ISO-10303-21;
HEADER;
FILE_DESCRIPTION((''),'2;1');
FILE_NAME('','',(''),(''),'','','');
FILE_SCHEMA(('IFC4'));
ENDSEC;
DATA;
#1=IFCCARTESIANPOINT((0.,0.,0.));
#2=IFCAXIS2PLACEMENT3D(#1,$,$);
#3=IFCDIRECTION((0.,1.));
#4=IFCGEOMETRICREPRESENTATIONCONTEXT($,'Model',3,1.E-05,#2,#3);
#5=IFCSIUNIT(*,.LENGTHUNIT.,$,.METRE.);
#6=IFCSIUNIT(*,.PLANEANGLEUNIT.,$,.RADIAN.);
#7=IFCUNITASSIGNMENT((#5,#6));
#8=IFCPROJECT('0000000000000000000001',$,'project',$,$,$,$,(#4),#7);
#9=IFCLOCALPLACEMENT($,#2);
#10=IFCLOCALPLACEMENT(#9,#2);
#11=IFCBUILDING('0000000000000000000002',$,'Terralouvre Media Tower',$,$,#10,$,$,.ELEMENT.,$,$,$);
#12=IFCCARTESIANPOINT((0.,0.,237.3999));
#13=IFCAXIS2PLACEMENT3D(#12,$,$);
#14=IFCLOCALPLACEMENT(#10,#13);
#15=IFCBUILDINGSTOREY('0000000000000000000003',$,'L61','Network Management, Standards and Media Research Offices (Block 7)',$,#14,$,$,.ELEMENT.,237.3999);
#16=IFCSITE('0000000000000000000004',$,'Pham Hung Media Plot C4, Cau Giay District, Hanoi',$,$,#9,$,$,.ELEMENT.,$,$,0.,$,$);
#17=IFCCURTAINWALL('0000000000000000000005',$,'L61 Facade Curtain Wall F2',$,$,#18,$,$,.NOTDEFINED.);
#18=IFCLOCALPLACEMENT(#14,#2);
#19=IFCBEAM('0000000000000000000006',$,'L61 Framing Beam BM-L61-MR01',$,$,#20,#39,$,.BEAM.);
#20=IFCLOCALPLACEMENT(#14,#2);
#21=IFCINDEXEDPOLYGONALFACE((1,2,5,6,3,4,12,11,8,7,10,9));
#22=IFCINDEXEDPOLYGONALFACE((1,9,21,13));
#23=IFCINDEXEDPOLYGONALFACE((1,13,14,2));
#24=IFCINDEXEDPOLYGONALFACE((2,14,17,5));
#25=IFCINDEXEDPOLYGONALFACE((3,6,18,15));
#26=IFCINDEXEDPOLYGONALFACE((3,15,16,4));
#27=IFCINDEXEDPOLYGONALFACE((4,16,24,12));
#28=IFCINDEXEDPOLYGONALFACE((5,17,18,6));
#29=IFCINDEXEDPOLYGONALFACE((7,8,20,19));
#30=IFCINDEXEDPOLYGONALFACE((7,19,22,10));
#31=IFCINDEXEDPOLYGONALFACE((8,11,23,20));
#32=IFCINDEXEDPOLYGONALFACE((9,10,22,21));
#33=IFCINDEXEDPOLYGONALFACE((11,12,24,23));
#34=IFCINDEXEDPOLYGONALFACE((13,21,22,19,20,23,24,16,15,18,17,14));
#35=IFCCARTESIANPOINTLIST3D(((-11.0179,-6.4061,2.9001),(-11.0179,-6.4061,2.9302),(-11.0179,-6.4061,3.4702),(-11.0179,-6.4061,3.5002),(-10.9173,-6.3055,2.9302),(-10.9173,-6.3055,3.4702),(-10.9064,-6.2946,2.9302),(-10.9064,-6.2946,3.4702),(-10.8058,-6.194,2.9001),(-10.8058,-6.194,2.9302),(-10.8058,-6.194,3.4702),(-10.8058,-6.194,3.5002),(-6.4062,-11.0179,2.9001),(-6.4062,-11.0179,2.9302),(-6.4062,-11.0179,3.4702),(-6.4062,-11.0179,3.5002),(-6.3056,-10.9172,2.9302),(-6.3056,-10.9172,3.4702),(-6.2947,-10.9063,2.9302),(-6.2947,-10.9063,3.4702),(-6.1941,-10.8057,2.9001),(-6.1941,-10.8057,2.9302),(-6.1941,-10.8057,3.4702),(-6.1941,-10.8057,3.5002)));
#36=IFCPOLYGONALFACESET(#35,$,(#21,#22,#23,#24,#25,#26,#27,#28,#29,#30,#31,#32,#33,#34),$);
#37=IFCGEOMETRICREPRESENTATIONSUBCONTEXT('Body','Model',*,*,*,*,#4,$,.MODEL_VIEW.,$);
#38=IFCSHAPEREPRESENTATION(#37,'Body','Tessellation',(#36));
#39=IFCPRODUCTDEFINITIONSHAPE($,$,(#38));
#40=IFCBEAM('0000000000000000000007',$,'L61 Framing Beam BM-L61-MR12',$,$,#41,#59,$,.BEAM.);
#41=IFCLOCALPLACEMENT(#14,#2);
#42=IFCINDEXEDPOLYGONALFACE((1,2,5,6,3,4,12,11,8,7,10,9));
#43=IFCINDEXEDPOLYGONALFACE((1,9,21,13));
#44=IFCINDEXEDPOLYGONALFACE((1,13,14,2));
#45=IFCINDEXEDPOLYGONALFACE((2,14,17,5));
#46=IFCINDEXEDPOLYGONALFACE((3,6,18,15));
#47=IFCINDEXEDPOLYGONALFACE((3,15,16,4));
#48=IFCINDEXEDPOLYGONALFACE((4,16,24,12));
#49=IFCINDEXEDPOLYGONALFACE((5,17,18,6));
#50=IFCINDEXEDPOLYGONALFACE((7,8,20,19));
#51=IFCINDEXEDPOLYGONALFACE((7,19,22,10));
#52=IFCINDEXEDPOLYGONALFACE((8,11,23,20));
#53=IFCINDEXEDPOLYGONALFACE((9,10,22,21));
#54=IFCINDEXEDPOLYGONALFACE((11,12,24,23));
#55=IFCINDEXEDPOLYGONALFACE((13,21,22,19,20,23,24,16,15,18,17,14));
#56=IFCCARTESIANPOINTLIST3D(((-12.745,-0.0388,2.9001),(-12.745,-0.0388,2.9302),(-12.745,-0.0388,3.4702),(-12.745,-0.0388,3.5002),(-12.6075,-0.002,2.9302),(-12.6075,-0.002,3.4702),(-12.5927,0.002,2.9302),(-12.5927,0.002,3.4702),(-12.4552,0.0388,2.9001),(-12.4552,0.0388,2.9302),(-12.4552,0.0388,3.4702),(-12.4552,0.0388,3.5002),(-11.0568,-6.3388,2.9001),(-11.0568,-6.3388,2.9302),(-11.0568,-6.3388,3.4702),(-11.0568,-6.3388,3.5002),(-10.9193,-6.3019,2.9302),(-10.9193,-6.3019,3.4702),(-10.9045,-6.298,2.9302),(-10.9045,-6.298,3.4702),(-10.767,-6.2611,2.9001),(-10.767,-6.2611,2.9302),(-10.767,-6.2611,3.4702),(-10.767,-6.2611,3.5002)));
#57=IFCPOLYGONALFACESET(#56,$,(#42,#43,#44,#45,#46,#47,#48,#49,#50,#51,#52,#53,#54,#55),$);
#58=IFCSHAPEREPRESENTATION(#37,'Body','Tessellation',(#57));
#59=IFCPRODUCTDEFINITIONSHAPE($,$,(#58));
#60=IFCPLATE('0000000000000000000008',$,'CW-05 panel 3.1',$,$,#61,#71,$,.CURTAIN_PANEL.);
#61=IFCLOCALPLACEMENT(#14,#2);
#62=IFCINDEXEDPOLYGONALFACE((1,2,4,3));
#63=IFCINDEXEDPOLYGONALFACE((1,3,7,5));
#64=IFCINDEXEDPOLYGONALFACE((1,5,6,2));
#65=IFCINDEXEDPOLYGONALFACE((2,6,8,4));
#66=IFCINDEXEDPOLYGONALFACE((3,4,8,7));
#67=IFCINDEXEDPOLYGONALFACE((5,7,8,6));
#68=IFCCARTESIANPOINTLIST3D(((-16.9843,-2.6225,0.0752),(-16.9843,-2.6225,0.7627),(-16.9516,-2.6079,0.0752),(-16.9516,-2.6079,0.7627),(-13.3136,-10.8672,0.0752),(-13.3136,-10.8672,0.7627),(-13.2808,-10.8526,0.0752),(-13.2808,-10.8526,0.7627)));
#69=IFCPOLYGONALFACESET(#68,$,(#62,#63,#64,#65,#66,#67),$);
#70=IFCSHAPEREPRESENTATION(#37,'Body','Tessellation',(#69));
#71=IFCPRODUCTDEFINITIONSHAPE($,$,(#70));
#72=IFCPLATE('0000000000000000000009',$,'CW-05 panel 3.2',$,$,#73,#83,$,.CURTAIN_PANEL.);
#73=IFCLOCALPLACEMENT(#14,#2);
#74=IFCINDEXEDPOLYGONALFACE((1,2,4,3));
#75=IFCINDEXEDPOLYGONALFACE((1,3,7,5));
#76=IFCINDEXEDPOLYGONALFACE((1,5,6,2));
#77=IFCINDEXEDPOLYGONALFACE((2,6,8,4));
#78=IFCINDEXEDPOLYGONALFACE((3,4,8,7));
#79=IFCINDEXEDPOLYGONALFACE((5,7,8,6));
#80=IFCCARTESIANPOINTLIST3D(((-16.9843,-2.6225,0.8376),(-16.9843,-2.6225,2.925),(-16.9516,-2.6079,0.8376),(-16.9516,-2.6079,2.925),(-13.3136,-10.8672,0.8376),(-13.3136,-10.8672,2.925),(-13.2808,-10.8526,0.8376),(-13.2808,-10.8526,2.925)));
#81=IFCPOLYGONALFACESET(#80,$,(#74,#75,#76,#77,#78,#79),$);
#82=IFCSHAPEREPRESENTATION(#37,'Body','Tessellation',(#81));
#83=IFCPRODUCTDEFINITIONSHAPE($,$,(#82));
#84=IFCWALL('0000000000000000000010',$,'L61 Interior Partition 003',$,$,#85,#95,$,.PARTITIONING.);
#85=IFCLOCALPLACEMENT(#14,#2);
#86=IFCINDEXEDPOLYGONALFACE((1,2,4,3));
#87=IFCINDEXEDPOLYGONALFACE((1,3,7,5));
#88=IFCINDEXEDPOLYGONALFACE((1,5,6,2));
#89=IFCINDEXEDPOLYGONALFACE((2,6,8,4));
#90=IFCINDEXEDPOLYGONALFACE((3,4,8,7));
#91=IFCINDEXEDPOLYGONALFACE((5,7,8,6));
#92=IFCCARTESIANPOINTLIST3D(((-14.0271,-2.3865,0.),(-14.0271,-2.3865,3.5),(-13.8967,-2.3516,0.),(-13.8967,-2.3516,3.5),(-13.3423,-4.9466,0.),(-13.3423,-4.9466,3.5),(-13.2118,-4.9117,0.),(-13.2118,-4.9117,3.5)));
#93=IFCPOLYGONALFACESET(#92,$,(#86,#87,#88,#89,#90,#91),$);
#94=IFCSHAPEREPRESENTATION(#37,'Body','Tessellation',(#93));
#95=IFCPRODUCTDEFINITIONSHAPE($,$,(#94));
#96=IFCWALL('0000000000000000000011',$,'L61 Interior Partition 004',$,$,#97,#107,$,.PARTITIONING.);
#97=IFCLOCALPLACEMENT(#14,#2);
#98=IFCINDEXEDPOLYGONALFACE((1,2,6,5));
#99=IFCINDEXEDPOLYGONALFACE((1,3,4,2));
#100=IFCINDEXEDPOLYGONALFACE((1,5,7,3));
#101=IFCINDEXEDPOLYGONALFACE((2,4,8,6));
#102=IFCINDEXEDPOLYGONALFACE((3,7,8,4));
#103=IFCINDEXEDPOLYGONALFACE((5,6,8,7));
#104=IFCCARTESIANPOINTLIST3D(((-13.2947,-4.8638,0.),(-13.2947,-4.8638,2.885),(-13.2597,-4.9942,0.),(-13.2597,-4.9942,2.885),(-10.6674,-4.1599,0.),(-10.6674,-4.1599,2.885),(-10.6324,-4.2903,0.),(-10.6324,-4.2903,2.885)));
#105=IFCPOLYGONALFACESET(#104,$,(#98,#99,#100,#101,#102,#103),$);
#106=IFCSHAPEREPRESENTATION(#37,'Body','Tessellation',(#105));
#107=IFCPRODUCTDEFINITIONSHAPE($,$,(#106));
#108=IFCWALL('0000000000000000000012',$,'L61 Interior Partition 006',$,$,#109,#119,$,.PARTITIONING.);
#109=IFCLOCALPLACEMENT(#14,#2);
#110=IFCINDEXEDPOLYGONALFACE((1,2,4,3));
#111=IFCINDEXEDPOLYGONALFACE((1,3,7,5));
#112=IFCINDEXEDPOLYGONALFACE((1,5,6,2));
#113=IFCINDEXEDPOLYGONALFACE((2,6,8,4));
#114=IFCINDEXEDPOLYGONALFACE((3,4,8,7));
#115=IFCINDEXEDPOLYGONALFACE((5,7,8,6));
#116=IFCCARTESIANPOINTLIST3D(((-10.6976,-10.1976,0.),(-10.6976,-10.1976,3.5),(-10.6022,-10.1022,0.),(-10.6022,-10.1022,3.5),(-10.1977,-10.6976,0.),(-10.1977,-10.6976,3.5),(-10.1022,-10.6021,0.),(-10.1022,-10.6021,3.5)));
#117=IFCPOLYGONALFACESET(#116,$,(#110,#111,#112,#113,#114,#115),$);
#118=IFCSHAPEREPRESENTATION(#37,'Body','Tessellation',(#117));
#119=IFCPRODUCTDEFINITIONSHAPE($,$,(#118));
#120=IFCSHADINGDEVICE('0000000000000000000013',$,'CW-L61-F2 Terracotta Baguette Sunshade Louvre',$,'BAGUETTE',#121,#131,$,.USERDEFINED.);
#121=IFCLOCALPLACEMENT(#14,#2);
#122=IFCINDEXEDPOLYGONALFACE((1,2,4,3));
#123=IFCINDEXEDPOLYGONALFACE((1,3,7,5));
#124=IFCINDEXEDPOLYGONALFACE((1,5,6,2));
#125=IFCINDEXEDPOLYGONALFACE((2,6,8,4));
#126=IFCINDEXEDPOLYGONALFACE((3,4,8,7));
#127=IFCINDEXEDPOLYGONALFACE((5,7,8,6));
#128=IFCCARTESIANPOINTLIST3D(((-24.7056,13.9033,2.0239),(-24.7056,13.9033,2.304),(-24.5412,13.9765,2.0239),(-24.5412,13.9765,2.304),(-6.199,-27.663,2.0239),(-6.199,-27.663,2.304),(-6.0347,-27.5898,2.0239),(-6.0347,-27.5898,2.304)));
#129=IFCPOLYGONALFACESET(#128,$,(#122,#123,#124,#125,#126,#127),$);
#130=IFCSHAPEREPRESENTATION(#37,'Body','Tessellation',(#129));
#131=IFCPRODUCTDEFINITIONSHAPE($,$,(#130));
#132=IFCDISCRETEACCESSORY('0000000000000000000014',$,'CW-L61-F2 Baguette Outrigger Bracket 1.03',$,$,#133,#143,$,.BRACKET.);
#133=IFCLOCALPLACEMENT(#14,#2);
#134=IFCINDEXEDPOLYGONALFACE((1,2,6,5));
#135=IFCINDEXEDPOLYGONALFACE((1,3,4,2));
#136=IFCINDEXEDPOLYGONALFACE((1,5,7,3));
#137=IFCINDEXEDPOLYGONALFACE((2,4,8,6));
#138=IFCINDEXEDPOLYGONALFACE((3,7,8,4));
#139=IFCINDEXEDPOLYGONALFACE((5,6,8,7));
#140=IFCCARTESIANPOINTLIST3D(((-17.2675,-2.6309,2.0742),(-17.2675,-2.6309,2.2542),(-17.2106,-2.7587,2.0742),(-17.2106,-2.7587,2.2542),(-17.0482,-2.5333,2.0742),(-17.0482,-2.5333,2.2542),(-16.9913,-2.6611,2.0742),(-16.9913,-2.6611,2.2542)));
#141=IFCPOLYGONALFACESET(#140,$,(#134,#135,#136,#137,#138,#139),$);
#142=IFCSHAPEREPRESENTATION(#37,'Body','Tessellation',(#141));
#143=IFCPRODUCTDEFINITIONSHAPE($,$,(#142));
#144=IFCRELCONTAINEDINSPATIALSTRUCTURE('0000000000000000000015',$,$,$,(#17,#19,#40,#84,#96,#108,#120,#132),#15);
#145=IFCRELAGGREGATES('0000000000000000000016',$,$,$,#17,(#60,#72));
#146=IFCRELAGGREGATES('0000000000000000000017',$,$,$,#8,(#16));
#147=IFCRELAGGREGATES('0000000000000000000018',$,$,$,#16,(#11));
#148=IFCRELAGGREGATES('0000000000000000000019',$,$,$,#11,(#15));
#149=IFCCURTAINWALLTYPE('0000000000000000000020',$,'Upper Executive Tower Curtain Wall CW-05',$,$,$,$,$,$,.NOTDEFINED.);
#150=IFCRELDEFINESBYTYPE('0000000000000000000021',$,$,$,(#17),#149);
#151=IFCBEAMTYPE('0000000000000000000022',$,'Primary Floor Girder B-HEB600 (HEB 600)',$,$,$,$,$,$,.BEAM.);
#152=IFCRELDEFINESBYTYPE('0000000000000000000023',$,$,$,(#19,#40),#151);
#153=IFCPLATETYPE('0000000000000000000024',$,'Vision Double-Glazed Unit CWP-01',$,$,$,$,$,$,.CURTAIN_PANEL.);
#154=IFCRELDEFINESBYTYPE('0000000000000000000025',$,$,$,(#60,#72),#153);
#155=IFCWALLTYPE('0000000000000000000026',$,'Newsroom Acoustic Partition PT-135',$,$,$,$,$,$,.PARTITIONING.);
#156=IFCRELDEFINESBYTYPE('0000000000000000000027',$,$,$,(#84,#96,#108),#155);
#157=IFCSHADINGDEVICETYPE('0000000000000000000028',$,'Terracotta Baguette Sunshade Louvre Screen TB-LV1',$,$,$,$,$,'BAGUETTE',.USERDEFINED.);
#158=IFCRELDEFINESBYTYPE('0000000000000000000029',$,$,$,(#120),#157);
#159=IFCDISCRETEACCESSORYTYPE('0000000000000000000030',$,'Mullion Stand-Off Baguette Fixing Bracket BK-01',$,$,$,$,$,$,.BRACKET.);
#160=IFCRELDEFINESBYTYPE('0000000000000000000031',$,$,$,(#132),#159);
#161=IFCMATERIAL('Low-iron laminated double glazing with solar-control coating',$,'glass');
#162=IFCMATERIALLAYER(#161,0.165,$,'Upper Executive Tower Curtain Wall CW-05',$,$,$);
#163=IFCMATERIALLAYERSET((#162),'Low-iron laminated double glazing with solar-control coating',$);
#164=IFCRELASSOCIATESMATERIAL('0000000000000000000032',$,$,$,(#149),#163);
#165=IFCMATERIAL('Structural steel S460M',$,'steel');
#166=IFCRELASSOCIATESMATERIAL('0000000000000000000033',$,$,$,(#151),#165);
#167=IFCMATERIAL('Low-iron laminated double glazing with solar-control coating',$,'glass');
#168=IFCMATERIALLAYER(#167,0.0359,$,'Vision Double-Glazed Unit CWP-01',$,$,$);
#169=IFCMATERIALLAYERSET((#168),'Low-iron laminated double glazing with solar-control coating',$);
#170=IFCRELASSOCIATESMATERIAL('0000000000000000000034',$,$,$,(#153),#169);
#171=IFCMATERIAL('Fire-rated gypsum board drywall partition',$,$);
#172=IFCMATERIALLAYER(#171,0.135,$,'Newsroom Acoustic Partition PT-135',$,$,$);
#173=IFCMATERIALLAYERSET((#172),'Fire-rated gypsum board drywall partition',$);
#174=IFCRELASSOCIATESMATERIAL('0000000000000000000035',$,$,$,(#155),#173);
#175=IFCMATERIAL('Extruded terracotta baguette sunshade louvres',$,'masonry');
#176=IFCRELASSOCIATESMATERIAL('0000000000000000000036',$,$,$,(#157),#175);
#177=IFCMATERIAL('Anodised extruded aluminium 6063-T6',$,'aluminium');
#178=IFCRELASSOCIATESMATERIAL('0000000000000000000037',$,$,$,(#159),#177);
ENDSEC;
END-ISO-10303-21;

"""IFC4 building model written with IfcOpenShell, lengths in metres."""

from ifc_helpers import new_model, si_unit, direction, frame, frame_2d, origin, origin_2d, place, context, subcontext, project, spatial, rectangle, i_section, extrude, material, layer, layer_set, material_profile, profile_set, type_object, element, aggregate, save


model = new_model("IFC4")

# Units and contexts
model_context = context("Model", 3, precision=1e-05, world=origin(), true_north=direction((0.0, 1.0)))
body_context = subcontext(model_context, "Body", "Model", "MODEL_VIEW")
ifc_project = project(units=[si_unit("LENGTHUNIT", "METRE"), si_unit("PLANEANGLEUNIT", "RADIAN")], contexts=[model_context])

# Site, building, storey
site_placement = place(None, origin())
site = spatial("IfcSite", under=ifc_project, at=site_placement, Name="Pham Hung Media Plot C4, Cau Giay District, Hanoi", CompositionType="ELEMENT", RefElevation=0.0)
building_placement = place(site_placement, origin())
building = spatial("IfcBuilding", under=site, at=building_placement, Name="Terralouvre Media Tower", CompositionType="ELEMENT")
storey_placement = place(building_placement, frame((0.0, 0.0, 237.3999)))
storey = spatial("IfcBuildingStorey", under=building, at=storey_placement, Name="L61", Description="Network Management, Standards and Media Research Offices (Block 7)", CompositionType="ELEMENT", Elevation=237.3999)

# Curtain wall
ifc_material_1 = material(Name="Low-iron laminated double glazing with solar-control coating", Category="glass")
ifc_layer_1 = layer(ifc_material_1, 0.165, Name="Upper Executive Tower Curtain Wall CW-05")
ifc_layer_set_1 = layer_set([ifc_layer_1], Name="Low-iron laminated double glazing with solar-control coating")
curtain_wall_type = type_object("IfcCurtainWallType", Name="Upper Executive Tower Curtain Wall CW-05", PredefinedType="NOTDEFINED", material=ifc_layer_set_1)
curtain_wall_placement = place(storey_placement, origin())
curtain_wall = element("IfcCurtainWall", 1, at=curtain_wall_placement, inside=storey, type_object=curtain_wall_type, Name="L61 Facade Curtain Wall F2", PredefinedType="NOTDEFINED")

# Beams
ifc_material_2 = material(Name="Structural steel S460M", Category="steel")
ifc_material_profile_1 = material_profile(ifc_material_2, i_section(OverallWidth=0.3, OverallDepth=0.6001, WebThickness=0.0154, FlangeThickness=0.03, at=origin_2d()), Name="HEB 600")
ifc_profile_set_1 = profile_set([ifc_material_profile_1], Name="Structural steel S460M")
beam_type_1 = type_object("IfcBeamType", Name="Primary Floor Girder B-HEB600 (HEB 600)", PredefinedType="BEAM", material=ifc_profile_set_1)
beam_1_placement = place(storey_placement, frame((-10.9119, -6.3, 3.2002), z_axis=(0.707107, -0.707107, 0.0), x_axis=(0.707107, 0.707107, 0.0)))
element("IfcBeam", 2, at=beam_1_placement, inside=storey, type_object=beam_type_1, Name="L61 Framing Beam BM-L61-MR01", PredefinedType="BEAM", context=body_context, shape_type="SweptSolid", body=[
    extrude(i_section(OverallWidth=0.3, OverallDepth=0.6001, WebThickness=0.0154, FlangeThickness=0.03, at=origin_2d()), origin(), (0.0, 0.0, 1.0), 6.522),
])
beam_2_placement = place(storey_placement, frame((-12.6001, 0.0, 3.2002), z_axis=(0.258839, -0.96592, 0.0), x_axis=(0.96592, 0.258839, 0.0)))
element("IfcBeam", 3, at=beam_2_placement, inside=storey, type_object=beam_type_1, Name="L61 Framing Beam BM-L61-MR12", PredefinedType="BEAM", context=body_context, shape_type="SweptSolid", body=[
    extrude(i_section(OverallWidth=0.3, OverallDepth=0.6001, WebThickness=0.0154, FlangeThickness=0.03, at=origin_2d()), origin(), (0.0, 0.0, 1.0), 6.5222),
])

# Plates
ifc_material_3 = material(Name="Low-iron laminated double glazing with solar-control coating", Category="glass")
ifc_layer_2 = layer(ifc_material_3, 0.0359, Name="Vision Double-Glazed Unit CWP-01")
ifc_layer_set_2 = layer_set([ifc_layer_2], Name="Low-iron laminated double glazing with solar-control coating")
plate_type = type_object("IfcPlateType", Name="Vision Double-Glazed Unit CWP-01", PredefinedType="CURTAIN_PANEL", material=ifc_layer_set_2)
plate_1_placement = place(storey_placement, frame((-15.1326, -6.7375, 0.0752), z_axis=(0.0, 0.0, 1.0), x_axis=(0.406737, -0.913545, 0.0)))
plate_1 = element("IfcPlate", 4, at=plate_1_placement, type_object=plate_type, Name="CW-05 panel 3.1", PredefinedType="CURTAIN_PANEL", context=body_context, shape_type="SweptSolid", body=[
    extrude(rectangle(XDim=9.0249, YDim=0.0359, at=origin_2d()), origin(), (0.0, 0.0, 1.0), 0.6875),
])
plate_2_placement = place(storey_placement, frame((-15.1326, -6.7375, 0.8376), z_axis=(0.0, 0.0, 1.0), x_axis=(0.406737, -0.913545, 0.0)))
plate_2 = element("IfcPlate", 5, at=plate_2_placement, type_object=plate_type, Name="CW-05 panel 3.2", PredefinedType="CURTAIN_PANEL", context=body_context, shape_type="SweptSolid", body=[
    extrude(rectangle(XDim=9.0249, YDim=0.0359, at=origin_2d()), origin(), (0.0, 0.0, 1.0), 2.0874),
])
aggregate(curtain_wall, [plate_1, plate_2])

# Walls
ifc_material_4 = material(Name="Fire-rated gypsum board drywall partition")
ifc_layer_3 = layer(ifc_material_4, 0.135, Name="Newsroom Acoustic Partition PT-135")
ifc_layer_set_3 = layer_set([ifc_layer_3], Name="Fire-rated gypsum board drywall partition")
wall_type = type_object("IfcWallType", Name="Newsroom Acoustic Partition PT-135", PredefinedType="PARTITIONING", material=ifc_layer_set_3)
wall_1_placement = place(storey_placement, frame((-13.9619, -2.3689, 0.0), z_axis=(0.0, 0.0, 1.0), x_axis=(0.258414, -0.966034, 0.0)))
element("IfcWall", 6, at=wall_1_placement, inside=storey, type_object=wall_type, Name="L61 Interior Partition 003", PredefinedType="PARTITIONING", context=body_context, shape_type="SweptSolid", body=[
    extrude(rectangle(XDim=2.6501, YDim=0.135, at=frame_2d((1.3252, 0.0))), origin(), (0.0, 0.0, 1.0), 3.5),
])
wall_2_placement = place(storey_placement, frame((-13.2771, -4.929, 0.0), z_axis=(0.0, 0.0, 1.0), x_axis=(0.965935, 0.258785, 0.0)))
element("IfcWall", 7, at=wall_2_placement, inside=storey, type_object=wall_type, Name="L61 Interior Partition 004", PredefinedType="PARTITIONING", context=body_context, shape_type="SweptSolid", body=[
    extrude(rectangle(XDim=2.72, YDim=0.135, at=frame_2d((1.3599, 0.0))), origin(), (0.0, 0.0, 1.0), 2.885),
])
wall_3_placement = place(storey_placement, frame((-10.6499, -10.1499, 0.0), z_axis=(0.0, 0.0, 1.0), x_axis=(0.707107, -0.707107, 0.0)))
element("IfcWall", 8, at=wall_3_placement, inside=storey, type_object=wall_type, Name="L61 Interior Partition 006", PredefinedType="PARTITIONING", context=body_context, shape_type="SweptSolid", body=[
    extrude(rectangle(XDim=0.707, YDim=0.135, at=frame_2d((0.3535, 0.0))), origin(), (0.0, 0.0, 1.0), 3.5),
])

# Shading device
ifc_material_5 = material(Name="Extruded terracotta baguette sunshade louvres", Category="masonry")
shading_device_type = type_object("IfcShadingDeviceType", Name="Terracotta Baguette Sunshade Louvre Screen TB-LV1", ElementType="BAGUETTE", PredefinedType="USERDEFINED", material=ifc_material_5)
shading_device_placement = place(storey_placement, frame((-15.3701, -6.8433, 2.0239), z_axis=(0.0, 0.0, 1.0), x_axis=(0.406737, -0.913545, 0.0)))
element("IfcShadingDevice", 9, at=shading_device_placement, inside=storey, type_object=shading_device_type, Name="CW-L61-F2 Terracotta Baguette Sunshade Louvre", ObjectType="BAGUETTE", PredefinedType="USERDEFINED", context=body_context, shape_type="SweptSolid", body=[
    extrude(rectangle(XDim=45.5, YDim=0.1799, at=origin_2d()), origin(), (0.0, 0.0, 1.0), 0.28),
])

# Discrete accessory
ifc_material_6 = material(Name="Anodised extruded aluminium 6063-T6", Category="aluminium")
discrete_accessory_type = type_object("IfcDiscreteAccessoryType", Name="Mullion Stand-Off Baguette Fixing Bracket BK-01", PredefinedType="BRACKET", material=ifc_material_6)
discrete_accessory_placement = place(storey_placement, frame((-17.1294, -2.646, 2.0742), z_axis=(0.0, 0.0, 1.0), x_axis=(0.406737, -0.913545, 0.0)))
element("IfcDiscreteAccessory", 10, at=discrete_accessory_placement, inside=storey, type_object=discrete_accessory_type, Name="CW-L61-F2 Baguette Outrigger Bracket 1.03", PredefinedType="BRACKET", context=body_context, shape_type="SweptSolid", body=[
    extrude(rectangle(XDim=0.1399, YDim=0.24, at=origin_2d()), origin(), (0.0, 0.0, 1.0), 0.1799),
])

save(model, "model.ifc")
